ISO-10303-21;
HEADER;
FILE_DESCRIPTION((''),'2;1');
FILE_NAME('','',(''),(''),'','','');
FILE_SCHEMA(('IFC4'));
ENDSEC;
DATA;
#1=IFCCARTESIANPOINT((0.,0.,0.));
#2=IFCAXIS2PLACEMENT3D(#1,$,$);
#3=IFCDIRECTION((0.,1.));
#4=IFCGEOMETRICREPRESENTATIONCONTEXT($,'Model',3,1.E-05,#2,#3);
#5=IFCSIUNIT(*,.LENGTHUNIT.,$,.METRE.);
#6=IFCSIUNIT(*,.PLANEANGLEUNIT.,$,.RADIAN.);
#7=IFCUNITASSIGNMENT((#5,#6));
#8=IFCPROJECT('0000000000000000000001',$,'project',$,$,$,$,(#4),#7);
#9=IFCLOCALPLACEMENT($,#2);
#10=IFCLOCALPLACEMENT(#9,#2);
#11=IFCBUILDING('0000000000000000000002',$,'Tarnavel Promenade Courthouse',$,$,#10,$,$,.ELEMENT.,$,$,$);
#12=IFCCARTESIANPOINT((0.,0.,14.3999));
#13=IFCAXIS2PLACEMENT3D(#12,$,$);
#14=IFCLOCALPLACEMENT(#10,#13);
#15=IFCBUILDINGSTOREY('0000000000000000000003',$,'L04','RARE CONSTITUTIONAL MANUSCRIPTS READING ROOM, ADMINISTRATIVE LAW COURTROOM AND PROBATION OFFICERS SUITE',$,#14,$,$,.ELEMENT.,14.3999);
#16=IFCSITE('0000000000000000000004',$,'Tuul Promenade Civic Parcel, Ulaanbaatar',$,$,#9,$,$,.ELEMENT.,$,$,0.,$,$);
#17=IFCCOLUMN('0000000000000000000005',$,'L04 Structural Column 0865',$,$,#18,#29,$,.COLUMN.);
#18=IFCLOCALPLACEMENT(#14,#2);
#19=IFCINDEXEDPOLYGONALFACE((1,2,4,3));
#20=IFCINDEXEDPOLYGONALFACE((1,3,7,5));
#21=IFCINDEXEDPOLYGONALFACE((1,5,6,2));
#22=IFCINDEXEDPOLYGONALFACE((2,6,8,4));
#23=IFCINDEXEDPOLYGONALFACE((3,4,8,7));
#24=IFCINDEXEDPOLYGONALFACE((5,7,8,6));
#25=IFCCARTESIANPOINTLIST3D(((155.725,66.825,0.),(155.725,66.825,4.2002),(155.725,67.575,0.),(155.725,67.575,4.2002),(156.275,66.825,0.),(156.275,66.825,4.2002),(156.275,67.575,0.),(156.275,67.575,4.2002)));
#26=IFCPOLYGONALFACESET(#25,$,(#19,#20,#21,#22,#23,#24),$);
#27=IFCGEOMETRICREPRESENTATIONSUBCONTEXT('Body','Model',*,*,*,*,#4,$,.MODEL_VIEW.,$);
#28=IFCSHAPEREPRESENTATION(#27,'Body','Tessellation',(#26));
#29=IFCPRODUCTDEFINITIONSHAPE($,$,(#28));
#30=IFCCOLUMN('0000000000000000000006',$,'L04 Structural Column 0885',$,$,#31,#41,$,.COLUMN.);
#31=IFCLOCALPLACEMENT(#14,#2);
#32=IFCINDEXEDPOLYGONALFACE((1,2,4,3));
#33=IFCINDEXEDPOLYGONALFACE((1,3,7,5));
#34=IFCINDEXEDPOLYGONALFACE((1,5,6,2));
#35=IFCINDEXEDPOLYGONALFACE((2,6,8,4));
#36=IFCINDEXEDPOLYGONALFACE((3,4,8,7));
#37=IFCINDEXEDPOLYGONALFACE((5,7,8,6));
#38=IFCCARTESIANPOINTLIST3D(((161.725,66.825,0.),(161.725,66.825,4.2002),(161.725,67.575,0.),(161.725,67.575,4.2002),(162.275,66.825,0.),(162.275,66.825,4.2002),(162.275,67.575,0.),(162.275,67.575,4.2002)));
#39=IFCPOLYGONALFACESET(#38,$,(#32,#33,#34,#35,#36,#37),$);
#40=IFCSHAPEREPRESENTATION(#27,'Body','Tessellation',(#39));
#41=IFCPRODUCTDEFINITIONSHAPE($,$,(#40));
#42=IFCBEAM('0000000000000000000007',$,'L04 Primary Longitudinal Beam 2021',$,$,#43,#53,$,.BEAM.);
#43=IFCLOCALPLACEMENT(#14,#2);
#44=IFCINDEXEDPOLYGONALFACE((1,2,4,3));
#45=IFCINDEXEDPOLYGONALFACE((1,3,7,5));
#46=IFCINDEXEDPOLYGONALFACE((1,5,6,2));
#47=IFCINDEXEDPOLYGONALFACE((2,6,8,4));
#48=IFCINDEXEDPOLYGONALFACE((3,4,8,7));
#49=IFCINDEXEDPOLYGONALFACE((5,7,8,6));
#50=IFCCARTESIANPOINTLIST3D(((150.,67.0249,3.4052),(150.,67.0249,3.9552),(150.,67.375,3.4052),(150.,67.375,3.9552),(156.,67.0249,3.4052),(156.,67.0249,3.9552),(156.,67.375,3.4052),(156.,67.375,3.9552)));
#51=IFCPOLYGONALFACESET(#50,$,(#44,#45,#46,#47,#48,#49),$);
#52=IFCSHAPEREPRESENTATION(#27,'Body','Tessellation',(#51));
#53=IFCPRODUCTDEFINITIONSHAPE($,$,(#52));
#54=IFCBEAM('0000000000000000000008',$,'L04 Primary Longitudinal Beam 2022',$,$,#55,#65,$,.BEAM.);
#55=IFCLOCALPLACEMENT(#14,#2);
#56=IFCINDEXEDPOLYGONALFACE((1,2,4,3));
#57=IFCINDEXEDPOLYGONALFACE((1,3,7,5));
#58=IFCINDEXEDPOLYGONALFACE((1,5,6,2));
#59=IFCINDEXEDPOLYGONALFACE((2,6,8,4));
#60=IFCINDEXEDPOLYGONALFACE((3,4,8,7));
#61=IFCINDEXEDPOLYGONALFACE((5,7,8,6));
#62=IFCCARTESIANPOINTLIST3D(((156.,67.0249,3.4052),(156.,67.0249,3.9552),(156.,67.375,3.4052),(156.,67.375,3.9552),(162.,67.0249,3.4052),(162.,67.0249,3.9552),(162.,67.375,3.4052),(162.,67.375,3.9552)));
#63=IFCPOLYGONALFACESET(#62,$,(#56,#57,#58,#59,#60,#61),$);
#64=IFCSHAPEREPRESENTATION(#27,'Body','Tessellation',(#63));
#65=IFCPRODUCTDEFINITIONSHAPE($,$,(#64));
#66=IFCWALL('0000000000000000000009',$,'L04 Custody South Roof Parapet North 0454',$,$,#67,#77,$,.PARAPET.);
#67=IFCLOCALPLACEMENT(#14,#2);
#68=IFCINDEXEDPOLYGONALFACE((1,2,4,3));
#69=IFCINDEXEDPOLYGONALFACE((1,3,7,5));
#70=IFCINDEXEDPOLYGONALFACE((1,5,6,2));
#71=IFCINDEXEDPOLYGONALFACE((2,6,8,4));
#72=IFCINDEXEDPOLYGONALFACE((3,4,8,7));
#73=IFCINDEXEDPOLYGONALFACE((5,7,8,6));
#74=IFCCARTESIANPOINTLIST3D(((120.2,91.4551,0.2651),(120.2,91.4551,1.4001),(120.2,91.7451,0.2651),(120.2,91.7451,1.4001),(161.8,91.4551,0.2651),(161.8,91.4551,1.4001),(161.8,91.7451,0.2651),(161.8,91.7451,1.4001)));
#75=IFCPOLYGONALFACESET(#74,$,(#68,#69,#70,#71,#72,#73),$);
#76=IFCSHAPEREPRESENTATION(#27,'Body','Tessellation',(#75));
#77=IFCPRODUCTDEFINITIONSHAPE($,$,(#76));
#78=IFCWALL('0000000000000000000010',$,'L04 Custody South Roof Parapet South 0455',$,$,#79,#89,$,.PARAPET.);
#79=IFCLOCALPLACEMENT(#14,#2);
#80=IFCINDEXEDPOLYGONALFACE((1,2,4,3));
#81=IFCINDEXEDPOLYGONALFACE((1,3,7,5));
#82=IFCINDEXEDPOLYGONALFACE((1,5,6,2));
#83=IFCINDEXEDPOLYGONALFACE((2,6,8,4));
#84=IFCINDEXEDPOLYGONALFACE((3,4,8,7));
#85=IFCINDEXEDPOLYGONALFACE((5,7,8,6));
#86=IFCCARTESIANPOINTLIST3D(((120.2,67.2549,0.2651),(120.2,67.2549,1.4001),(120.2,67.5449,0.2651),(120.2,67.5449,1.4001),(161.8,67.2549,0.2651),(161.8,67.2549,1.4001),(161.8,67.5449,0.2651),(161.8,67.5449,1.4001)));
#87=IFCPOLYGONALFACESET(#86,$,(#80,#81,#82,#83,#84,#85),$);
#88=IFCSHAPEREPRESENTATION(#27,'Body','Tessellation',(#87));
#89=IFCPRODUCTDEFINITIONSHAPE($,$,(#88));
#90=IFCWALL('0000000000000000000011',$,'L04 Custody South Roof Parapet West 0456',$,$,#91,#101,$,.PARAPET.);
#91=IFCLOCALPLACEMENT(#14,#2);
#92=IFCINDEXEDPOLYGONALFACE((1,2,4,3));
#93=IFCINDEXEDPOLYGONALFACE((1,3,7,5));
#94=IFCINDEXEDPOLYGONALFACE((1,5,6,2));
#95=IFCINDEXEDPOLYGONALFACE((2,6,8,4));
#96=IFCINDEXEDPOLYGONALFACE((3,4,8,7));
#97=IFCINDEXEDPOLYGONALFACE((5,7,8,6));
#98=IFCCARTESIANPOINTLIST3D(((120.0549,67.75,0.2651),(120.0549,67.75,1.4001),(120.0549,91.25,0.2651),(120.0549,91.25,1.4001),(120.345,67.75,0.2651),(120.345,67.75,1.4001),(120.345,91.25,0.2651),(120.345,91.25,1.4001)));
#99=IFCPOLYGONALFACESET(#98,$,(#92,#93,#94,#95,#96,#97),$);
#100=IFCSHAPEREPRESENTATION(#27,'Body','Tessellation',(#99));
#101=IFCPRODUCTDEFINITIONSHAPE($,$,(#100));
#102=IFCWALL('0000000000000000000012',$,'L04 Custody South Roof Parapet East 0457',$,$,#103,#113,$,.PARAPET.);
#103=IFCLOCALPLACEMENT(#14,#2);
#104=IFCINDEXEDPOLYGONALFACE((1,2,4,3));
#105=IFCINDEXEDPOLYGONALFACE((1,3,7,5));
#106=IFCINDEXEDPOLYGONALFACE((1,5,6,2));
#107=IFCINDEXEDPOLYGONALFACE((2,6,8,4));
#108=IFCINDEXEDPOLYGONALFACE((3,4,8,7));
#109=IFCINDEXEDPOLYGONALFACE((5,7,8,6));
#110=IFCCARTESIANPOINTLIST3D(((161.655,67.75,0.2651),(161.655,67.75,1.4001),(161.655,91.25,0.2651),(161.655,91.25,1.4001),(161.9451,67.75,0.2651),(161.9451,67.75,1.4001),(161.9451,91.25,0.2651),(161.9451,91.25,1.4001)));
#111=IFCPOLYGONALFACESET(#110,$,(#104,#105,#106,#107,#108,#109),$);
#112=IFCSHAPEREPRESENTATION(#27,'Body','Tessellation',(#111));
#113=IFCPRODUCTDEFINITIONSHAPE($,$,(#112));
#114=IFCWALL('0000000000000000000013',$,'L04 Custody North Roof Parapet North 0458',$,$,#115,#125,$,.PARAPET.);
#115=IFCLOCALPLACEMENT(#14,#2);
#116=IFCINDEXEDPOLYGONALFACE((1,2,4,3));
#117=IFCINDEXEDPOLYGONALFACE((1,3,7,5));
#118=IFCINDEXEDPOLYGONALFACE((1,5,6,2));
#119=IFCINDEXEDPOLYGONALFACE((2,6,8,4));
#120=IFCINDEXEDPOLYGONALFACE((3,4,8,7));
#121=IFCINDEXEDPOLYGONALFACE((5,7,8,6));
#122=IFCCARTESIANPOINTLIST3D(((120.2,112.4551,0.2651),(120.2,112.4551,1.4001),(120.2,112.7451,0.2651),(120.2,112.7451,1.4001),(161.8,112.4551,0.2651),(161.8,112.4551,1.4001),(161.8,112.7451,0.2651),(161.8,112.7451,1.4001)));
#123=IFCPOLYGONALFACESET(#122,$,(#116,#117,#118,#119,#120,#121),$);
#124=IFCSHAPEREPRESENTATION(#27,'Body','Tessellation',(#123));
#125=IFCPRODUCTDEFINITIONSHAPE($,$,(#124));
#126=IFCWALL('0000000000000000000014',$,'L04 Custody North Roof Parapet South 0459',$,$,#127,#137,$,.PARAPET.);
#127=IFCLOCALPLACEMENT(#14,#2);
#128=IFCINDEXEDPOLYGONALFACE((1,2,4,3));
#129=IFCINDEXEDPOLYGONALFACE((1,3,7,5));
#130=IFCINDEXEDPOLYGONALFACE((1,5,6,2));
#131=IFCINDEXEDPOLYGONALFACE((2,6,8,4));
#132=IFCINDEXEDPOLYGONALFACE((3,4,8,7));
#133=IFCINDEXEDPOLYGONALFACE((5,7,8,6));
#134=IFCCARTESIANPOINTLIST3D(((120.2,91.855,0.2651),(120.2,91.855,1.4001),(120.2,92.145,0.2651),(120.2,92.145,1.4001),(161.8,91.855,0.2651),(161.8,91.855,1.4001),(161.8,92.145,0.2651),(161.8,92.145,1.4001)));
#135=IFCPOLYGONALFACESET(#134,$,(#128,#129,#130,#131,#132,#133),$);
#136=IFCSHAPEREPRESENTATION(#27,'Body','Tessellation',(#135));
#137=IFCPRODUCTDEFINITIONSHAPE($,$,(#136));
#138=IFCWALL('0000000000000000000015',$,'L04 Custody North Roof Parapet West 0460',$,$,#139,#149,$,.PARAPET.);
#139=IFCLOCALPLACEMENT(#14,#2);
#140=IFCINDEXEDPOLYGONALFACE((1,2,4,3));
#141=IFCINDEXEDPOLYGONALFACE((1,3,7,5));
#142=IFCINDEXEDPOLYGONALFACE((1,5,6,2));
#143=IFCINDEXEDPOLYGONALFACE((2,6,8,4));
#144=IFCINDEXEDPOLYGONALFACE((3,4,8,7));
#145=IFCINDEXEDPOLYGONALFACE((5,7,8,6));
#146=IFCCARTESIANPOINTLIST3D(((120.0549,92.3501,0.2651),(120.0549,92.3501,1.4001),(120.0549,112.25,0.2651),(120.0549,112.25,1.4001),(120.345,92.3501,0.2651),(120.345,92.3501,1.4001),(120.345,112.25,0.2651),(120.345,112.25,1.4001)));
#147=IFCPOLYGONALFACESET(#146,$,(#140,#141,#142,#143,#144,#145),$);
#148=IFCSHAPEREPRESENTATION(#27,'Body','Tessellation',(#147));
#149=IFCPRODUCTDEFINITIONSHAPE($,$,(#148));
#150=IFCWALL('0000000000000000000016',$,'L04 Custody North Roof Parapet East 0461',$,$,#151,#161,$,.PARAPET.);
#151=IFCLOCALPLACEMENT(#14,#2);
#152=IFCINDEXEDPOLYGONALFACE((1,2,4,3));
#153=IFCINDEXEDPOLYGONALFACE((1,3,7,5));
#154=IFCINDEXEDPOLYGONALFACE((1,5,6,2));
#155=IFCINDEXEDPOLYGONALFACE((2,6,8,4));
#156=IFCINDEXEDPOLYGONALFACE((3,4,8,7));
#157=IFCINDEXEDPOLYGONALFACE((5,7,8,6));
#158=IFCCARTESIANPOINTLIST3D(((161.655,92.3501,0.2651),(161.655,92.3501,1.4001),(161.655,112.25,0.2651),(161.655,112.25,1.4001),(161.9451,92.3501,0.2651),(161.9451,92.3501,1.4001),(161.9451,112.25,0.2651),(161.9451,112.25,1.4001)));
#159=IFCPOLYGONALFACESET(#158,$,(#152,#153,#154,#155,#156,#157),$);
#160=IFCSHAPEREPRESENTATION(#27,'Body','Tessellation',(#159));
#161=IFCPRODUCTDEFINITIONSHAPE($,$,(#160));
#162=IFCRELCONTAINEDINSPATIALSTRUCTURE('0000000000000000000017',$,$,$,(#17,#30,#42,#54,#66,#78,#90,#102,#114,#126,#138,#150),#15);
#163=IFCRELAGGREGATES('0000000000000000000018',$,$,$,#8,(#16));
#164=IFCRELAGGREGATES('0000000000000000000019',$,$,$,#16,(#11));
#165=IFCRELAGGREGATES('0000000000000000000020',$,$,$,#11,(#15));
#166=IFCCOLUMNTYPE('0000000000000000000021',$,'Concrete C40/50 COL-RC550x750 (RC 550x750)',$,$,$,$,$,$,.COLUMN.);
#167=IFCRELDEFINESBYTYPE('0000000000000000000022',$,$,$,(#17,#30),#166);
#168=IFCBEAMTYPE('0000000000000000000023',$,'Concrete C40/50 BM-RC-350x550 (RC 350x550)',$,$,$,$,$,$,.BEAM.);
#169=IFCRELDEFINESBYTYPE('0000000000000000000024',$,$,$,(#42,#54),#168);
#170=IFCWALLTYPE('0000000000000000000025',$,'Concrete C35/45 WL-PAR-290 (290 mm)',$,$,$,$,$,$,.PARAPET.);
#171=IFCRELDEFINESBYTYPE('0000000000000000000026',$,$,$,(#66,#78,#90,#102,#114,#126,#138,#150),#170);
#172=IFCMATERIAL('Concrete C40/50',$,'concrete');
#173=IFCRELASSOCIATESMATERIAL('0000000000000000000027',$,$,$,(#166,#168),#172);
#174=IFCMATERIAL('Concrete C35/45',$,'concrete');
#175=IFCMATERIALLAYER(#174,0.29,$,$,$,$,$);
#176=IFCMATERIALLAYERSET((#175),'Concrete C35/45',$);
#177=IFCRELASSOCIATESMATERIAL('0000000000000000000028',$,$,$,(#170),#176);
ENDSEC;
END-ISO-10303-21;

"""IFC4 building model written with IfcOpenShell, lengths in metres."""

from ifc_helpers import new_model, si_unit, direction, frame, frame_2d, origin, origin_2d, place, context, subcontext, project, spatial, rectangle, extrude, material, layer, layer_set, material_profile, profile_set, type_object, element, save


model = new_model("IFC4")

# Units and contexts
model_context = context("Model", 3, precision=1e-05, world=origin(), true_north=direction((0.0, 1.0)))
body_context = subcontext(model_context, "Body", "Model", "MODEL_VIEW")
ifc_project = project(units=[si_unit("LENGTHUNIT", "METRE"), si_unit("PLANEANGLEUNIT", "RADIAN")], contexts=[model_context])

# Site, building, storey
site_placement = place(None, origin())
site = spatial("IfcSite", under=ifc_project, at=site_placement, Name="Tuul Promenade Civic Parcel, Ulaanbaatar", CompositionType="ELEMENT", RefElevation=0.0)
building_placement = place(site_placement, origin())
building = spatial("IfcBuilding", under=site, at=building_placement, Name="Tarnavel Promenade Courthouse", CompositionType="ELEMENT")
storey_placement = place(building_placement, frame((0.0, 0.0, 14.3999)))
storey = spatial("IfcBuildingStorey", under=building, at=storey_placement, Name="L04", Description="RARE CONSTITUTIONAL MANUSCRIPTS READING ROOM, ADMINISTRATIVE LAW COURTROOM AND PROBATION OFFICERS SUITE", CompositionType="ELEMENT", Elevation=14.3999)

# Columns
ifc_material_1 = material(Name="Concrete C40/50", Category="concrete")
ifc_material_profile_1 = material_profile(ifc_material_1, rectangle(XDim=0.55, YDim=0.75, at=origin_2d()), Name="RC 550x750")
ifc_profile_set_1 = profile_set([ifc_material_profile_1], Name="Concrete C40/50")
column_type = type_object("IfcColumnType", Name="Concrete C40/50 COL-RC550x750 (RC 550x750)", PredefinedType="COLUMN", material=ifc_profile_set_1)
for number, where, z_axis, x_axis, name in (
    (1, (156.0, 67.2, 0.0), (0.0, 0.0, 1.0), (1.0, 0.0, 0.0), "L04 Structural Column 0865"),
    (2, (162.0, 67.2, 0.0), (0.0, 0.0, 1.0), (1.0, 0.0, 0.0), "L04 Structural Column 0885"),
):
    element("IfcColumn", number, at=place(storey_placement, frame(where, z_axis=z_axis, x_axis=x_axis)), inside=storey, type_object=column_type, Name=name, PredefinedType="COLUMN", context=body_context, shape_type="SweptSolid", body=[
        extrude(rectangle(XDim=0.55, YDim=0.75, at=origin_2d()), origin(), (0.0, 0.0, 1.0), 4.2002),
    ])

# Beams
ifc_material_profile_2 = material_profile(ifc_material_1, rectangle(XDim=0.3501, YDim=0.55, at=origin_2d()), Name="RC 350x550")
ifc_profile_set_2 = profile_set([ifc_material_profile_2], Name="Concrete C40/50")
beam_type = type_object("IfcBeamType", Name="Concrete C40/50 BM-RC-350x550 (RC 350x550)", PredefinedType="BEAM", material=ifc_profile_set_2)
for number, where, z_axis, x_axis, name in (
    (3, (150.0, 67.2, 3.6802), (1.0, 0.0, 0.0), (0.0, 1.0, 0.0), "L04 Primary Longitudinal Beam 2021"),
    (4, (156.0, 67.2, 3.6802), (1.0, 0.0, 0.0), (0.0, 1.0, 0.0), "L04 Primary Longitudinal Beam 2022"),
):
    element("IfcBeam", number, at=place(storey_placement, frame(where, z_axis=z_axis, x_axis=x_axis)), inside=storey, type_object=beam_type, Name=name, PredefinedType="BEAM", context=body_context, shape_type="SweptSolid", body=[
        extrude(rectangle(XDim=0.3501, YDim=0.55, at=origin_2d()), origin(), (0.0, 0.0, 1.0), 6.0),
    ])

# Walls
ifc_material_2 = material(Name="Concrete C35/45", Category="concrete")
ifc_layer = layer(ifc_material_2, 0.29)
ifc_layer_set = layer_set([ifc_layer], Name="Concrete C35/45")
wall_type = type_object("IfcWallType", Name="Concrete C35/45 WL-PAR-290 (290 mm)", PredefinedType="PARAPET", material=ifc_layer_set)
for number, where, z_axis, x_axis, name in (
    (5, (120.2, 91.6001, 0.2651), (0.0, 0.0, 1.0), (1.0, 0.0, 0.0), "L04 Custody South Roof Parapet North 0454"),
    (6, (161.8, 67.3999, 0.2651), (0.0, 0.0, 1.0), (-1.0, 0.0, 0.0), "L04 Custody South Roof Parapet South 0455"),
):
    element("IfcWall", number, at=place(storey_placement, frame(where, z_axis=z_axis, x_axis=x_axis)), inside=storey, type_object=wall_type, Name=name, PredefinedType="PARAPET", context=body_context, shape_type="SweptSolid", body=[
        extrude(rectangle(XDim=41.6001, YDim=0.29, at=frame_2d((20.8, 0.0))), origin(), (0.0, 0.0, 1.0), 1.135),
    ])
for number, where, z_axis, x_axis, name in (
    (7, (120.2, 67.75, 0.2651), (0.0, 0.0, 1.0), (0.0, 1.0, 0.0), "L04 Custody South Roof Parapet West 0456"),
    (8, (161.8, 91.25, 0.2651), (0.0, 0.0, 1.0), (0.0, -1.0, 0.0), "L04 Custody South Roof Parapet East 0457"),
):
    element("IfcWall", number, at=place(storey_placement, frame(where, z_axis=z_axis, x_axis=x_axis)), inside=storey, type_object=wall_type, Name=name, PredefinedType="PARAPET", context=body_context, shape_type="SweptSolid", body=[
        extrude(rectangle(XDim=23.5, YDim=0.29, at=frame_2d((11.75, 0.0))), origin(), (0.0, 0.0, 1.0), 1.135),
    ])
for number, where, z_axis, x_axis, name in (
    (9, (120.2, 112.6001, 0.2651), (0.0, 0.0, 1.0), (1.0, 0.0, 0.0), "L04 Custody North Roof Parapet North 0458"),
    (10, (161.8, 92.0, 0.2651), (0.0, 0.0, 1.0), (-1.0, 0.0, 0.0), "L04 Custody North Roof Parapet South 0459"),
):
    element("IfcWall", number, at=place(storey_placement, frame(where, z_axis=z_axis, x_axis=x_axis)), inside=storey, type_object=wall_type, Name=name, PredefinedType="PARAPET", context=body_context, shape_type="SweptSolid", body=[
        extrude(rectangle(XDim=41.6001, YDim=0.29, at=frame_2d((20.8, 0.0))), origin(), (0.0, 0.0, 1.0), 1.135),
    ])
for number, where, z_axis, x_axis, name in (
    (11, (120.2, 92.3501, 0.2651), (0.0, 0.0, 1.0), (0.0, 1.0, 0.0), "L04 Custody North Roof Parapet West 0460"),
    (12, (161.8, 112.25, 0.2651), (0.0, 0.0, 1.0), (0.0, -1.0, 0.0), "L04 Custody North Roof Parapet East 0461"),
):
    element("IfcWall", number, at=place(storey_placement, frame(where, z_axis=z_axis, x_axis=x_axis)), inside=storey, type_object=wall_type, Name=name, PredefinedType="PARAPET", context=body_context, shape_type="SweptSolid", body=[
        extrude(rectangle(XDim=19.8999, YDim=0.29, at=frame_2d((9.95, 0.0))), origin(), (0.0, 0.0, 1.0), 1.135),
    ])

save(model, "model.ifc")
